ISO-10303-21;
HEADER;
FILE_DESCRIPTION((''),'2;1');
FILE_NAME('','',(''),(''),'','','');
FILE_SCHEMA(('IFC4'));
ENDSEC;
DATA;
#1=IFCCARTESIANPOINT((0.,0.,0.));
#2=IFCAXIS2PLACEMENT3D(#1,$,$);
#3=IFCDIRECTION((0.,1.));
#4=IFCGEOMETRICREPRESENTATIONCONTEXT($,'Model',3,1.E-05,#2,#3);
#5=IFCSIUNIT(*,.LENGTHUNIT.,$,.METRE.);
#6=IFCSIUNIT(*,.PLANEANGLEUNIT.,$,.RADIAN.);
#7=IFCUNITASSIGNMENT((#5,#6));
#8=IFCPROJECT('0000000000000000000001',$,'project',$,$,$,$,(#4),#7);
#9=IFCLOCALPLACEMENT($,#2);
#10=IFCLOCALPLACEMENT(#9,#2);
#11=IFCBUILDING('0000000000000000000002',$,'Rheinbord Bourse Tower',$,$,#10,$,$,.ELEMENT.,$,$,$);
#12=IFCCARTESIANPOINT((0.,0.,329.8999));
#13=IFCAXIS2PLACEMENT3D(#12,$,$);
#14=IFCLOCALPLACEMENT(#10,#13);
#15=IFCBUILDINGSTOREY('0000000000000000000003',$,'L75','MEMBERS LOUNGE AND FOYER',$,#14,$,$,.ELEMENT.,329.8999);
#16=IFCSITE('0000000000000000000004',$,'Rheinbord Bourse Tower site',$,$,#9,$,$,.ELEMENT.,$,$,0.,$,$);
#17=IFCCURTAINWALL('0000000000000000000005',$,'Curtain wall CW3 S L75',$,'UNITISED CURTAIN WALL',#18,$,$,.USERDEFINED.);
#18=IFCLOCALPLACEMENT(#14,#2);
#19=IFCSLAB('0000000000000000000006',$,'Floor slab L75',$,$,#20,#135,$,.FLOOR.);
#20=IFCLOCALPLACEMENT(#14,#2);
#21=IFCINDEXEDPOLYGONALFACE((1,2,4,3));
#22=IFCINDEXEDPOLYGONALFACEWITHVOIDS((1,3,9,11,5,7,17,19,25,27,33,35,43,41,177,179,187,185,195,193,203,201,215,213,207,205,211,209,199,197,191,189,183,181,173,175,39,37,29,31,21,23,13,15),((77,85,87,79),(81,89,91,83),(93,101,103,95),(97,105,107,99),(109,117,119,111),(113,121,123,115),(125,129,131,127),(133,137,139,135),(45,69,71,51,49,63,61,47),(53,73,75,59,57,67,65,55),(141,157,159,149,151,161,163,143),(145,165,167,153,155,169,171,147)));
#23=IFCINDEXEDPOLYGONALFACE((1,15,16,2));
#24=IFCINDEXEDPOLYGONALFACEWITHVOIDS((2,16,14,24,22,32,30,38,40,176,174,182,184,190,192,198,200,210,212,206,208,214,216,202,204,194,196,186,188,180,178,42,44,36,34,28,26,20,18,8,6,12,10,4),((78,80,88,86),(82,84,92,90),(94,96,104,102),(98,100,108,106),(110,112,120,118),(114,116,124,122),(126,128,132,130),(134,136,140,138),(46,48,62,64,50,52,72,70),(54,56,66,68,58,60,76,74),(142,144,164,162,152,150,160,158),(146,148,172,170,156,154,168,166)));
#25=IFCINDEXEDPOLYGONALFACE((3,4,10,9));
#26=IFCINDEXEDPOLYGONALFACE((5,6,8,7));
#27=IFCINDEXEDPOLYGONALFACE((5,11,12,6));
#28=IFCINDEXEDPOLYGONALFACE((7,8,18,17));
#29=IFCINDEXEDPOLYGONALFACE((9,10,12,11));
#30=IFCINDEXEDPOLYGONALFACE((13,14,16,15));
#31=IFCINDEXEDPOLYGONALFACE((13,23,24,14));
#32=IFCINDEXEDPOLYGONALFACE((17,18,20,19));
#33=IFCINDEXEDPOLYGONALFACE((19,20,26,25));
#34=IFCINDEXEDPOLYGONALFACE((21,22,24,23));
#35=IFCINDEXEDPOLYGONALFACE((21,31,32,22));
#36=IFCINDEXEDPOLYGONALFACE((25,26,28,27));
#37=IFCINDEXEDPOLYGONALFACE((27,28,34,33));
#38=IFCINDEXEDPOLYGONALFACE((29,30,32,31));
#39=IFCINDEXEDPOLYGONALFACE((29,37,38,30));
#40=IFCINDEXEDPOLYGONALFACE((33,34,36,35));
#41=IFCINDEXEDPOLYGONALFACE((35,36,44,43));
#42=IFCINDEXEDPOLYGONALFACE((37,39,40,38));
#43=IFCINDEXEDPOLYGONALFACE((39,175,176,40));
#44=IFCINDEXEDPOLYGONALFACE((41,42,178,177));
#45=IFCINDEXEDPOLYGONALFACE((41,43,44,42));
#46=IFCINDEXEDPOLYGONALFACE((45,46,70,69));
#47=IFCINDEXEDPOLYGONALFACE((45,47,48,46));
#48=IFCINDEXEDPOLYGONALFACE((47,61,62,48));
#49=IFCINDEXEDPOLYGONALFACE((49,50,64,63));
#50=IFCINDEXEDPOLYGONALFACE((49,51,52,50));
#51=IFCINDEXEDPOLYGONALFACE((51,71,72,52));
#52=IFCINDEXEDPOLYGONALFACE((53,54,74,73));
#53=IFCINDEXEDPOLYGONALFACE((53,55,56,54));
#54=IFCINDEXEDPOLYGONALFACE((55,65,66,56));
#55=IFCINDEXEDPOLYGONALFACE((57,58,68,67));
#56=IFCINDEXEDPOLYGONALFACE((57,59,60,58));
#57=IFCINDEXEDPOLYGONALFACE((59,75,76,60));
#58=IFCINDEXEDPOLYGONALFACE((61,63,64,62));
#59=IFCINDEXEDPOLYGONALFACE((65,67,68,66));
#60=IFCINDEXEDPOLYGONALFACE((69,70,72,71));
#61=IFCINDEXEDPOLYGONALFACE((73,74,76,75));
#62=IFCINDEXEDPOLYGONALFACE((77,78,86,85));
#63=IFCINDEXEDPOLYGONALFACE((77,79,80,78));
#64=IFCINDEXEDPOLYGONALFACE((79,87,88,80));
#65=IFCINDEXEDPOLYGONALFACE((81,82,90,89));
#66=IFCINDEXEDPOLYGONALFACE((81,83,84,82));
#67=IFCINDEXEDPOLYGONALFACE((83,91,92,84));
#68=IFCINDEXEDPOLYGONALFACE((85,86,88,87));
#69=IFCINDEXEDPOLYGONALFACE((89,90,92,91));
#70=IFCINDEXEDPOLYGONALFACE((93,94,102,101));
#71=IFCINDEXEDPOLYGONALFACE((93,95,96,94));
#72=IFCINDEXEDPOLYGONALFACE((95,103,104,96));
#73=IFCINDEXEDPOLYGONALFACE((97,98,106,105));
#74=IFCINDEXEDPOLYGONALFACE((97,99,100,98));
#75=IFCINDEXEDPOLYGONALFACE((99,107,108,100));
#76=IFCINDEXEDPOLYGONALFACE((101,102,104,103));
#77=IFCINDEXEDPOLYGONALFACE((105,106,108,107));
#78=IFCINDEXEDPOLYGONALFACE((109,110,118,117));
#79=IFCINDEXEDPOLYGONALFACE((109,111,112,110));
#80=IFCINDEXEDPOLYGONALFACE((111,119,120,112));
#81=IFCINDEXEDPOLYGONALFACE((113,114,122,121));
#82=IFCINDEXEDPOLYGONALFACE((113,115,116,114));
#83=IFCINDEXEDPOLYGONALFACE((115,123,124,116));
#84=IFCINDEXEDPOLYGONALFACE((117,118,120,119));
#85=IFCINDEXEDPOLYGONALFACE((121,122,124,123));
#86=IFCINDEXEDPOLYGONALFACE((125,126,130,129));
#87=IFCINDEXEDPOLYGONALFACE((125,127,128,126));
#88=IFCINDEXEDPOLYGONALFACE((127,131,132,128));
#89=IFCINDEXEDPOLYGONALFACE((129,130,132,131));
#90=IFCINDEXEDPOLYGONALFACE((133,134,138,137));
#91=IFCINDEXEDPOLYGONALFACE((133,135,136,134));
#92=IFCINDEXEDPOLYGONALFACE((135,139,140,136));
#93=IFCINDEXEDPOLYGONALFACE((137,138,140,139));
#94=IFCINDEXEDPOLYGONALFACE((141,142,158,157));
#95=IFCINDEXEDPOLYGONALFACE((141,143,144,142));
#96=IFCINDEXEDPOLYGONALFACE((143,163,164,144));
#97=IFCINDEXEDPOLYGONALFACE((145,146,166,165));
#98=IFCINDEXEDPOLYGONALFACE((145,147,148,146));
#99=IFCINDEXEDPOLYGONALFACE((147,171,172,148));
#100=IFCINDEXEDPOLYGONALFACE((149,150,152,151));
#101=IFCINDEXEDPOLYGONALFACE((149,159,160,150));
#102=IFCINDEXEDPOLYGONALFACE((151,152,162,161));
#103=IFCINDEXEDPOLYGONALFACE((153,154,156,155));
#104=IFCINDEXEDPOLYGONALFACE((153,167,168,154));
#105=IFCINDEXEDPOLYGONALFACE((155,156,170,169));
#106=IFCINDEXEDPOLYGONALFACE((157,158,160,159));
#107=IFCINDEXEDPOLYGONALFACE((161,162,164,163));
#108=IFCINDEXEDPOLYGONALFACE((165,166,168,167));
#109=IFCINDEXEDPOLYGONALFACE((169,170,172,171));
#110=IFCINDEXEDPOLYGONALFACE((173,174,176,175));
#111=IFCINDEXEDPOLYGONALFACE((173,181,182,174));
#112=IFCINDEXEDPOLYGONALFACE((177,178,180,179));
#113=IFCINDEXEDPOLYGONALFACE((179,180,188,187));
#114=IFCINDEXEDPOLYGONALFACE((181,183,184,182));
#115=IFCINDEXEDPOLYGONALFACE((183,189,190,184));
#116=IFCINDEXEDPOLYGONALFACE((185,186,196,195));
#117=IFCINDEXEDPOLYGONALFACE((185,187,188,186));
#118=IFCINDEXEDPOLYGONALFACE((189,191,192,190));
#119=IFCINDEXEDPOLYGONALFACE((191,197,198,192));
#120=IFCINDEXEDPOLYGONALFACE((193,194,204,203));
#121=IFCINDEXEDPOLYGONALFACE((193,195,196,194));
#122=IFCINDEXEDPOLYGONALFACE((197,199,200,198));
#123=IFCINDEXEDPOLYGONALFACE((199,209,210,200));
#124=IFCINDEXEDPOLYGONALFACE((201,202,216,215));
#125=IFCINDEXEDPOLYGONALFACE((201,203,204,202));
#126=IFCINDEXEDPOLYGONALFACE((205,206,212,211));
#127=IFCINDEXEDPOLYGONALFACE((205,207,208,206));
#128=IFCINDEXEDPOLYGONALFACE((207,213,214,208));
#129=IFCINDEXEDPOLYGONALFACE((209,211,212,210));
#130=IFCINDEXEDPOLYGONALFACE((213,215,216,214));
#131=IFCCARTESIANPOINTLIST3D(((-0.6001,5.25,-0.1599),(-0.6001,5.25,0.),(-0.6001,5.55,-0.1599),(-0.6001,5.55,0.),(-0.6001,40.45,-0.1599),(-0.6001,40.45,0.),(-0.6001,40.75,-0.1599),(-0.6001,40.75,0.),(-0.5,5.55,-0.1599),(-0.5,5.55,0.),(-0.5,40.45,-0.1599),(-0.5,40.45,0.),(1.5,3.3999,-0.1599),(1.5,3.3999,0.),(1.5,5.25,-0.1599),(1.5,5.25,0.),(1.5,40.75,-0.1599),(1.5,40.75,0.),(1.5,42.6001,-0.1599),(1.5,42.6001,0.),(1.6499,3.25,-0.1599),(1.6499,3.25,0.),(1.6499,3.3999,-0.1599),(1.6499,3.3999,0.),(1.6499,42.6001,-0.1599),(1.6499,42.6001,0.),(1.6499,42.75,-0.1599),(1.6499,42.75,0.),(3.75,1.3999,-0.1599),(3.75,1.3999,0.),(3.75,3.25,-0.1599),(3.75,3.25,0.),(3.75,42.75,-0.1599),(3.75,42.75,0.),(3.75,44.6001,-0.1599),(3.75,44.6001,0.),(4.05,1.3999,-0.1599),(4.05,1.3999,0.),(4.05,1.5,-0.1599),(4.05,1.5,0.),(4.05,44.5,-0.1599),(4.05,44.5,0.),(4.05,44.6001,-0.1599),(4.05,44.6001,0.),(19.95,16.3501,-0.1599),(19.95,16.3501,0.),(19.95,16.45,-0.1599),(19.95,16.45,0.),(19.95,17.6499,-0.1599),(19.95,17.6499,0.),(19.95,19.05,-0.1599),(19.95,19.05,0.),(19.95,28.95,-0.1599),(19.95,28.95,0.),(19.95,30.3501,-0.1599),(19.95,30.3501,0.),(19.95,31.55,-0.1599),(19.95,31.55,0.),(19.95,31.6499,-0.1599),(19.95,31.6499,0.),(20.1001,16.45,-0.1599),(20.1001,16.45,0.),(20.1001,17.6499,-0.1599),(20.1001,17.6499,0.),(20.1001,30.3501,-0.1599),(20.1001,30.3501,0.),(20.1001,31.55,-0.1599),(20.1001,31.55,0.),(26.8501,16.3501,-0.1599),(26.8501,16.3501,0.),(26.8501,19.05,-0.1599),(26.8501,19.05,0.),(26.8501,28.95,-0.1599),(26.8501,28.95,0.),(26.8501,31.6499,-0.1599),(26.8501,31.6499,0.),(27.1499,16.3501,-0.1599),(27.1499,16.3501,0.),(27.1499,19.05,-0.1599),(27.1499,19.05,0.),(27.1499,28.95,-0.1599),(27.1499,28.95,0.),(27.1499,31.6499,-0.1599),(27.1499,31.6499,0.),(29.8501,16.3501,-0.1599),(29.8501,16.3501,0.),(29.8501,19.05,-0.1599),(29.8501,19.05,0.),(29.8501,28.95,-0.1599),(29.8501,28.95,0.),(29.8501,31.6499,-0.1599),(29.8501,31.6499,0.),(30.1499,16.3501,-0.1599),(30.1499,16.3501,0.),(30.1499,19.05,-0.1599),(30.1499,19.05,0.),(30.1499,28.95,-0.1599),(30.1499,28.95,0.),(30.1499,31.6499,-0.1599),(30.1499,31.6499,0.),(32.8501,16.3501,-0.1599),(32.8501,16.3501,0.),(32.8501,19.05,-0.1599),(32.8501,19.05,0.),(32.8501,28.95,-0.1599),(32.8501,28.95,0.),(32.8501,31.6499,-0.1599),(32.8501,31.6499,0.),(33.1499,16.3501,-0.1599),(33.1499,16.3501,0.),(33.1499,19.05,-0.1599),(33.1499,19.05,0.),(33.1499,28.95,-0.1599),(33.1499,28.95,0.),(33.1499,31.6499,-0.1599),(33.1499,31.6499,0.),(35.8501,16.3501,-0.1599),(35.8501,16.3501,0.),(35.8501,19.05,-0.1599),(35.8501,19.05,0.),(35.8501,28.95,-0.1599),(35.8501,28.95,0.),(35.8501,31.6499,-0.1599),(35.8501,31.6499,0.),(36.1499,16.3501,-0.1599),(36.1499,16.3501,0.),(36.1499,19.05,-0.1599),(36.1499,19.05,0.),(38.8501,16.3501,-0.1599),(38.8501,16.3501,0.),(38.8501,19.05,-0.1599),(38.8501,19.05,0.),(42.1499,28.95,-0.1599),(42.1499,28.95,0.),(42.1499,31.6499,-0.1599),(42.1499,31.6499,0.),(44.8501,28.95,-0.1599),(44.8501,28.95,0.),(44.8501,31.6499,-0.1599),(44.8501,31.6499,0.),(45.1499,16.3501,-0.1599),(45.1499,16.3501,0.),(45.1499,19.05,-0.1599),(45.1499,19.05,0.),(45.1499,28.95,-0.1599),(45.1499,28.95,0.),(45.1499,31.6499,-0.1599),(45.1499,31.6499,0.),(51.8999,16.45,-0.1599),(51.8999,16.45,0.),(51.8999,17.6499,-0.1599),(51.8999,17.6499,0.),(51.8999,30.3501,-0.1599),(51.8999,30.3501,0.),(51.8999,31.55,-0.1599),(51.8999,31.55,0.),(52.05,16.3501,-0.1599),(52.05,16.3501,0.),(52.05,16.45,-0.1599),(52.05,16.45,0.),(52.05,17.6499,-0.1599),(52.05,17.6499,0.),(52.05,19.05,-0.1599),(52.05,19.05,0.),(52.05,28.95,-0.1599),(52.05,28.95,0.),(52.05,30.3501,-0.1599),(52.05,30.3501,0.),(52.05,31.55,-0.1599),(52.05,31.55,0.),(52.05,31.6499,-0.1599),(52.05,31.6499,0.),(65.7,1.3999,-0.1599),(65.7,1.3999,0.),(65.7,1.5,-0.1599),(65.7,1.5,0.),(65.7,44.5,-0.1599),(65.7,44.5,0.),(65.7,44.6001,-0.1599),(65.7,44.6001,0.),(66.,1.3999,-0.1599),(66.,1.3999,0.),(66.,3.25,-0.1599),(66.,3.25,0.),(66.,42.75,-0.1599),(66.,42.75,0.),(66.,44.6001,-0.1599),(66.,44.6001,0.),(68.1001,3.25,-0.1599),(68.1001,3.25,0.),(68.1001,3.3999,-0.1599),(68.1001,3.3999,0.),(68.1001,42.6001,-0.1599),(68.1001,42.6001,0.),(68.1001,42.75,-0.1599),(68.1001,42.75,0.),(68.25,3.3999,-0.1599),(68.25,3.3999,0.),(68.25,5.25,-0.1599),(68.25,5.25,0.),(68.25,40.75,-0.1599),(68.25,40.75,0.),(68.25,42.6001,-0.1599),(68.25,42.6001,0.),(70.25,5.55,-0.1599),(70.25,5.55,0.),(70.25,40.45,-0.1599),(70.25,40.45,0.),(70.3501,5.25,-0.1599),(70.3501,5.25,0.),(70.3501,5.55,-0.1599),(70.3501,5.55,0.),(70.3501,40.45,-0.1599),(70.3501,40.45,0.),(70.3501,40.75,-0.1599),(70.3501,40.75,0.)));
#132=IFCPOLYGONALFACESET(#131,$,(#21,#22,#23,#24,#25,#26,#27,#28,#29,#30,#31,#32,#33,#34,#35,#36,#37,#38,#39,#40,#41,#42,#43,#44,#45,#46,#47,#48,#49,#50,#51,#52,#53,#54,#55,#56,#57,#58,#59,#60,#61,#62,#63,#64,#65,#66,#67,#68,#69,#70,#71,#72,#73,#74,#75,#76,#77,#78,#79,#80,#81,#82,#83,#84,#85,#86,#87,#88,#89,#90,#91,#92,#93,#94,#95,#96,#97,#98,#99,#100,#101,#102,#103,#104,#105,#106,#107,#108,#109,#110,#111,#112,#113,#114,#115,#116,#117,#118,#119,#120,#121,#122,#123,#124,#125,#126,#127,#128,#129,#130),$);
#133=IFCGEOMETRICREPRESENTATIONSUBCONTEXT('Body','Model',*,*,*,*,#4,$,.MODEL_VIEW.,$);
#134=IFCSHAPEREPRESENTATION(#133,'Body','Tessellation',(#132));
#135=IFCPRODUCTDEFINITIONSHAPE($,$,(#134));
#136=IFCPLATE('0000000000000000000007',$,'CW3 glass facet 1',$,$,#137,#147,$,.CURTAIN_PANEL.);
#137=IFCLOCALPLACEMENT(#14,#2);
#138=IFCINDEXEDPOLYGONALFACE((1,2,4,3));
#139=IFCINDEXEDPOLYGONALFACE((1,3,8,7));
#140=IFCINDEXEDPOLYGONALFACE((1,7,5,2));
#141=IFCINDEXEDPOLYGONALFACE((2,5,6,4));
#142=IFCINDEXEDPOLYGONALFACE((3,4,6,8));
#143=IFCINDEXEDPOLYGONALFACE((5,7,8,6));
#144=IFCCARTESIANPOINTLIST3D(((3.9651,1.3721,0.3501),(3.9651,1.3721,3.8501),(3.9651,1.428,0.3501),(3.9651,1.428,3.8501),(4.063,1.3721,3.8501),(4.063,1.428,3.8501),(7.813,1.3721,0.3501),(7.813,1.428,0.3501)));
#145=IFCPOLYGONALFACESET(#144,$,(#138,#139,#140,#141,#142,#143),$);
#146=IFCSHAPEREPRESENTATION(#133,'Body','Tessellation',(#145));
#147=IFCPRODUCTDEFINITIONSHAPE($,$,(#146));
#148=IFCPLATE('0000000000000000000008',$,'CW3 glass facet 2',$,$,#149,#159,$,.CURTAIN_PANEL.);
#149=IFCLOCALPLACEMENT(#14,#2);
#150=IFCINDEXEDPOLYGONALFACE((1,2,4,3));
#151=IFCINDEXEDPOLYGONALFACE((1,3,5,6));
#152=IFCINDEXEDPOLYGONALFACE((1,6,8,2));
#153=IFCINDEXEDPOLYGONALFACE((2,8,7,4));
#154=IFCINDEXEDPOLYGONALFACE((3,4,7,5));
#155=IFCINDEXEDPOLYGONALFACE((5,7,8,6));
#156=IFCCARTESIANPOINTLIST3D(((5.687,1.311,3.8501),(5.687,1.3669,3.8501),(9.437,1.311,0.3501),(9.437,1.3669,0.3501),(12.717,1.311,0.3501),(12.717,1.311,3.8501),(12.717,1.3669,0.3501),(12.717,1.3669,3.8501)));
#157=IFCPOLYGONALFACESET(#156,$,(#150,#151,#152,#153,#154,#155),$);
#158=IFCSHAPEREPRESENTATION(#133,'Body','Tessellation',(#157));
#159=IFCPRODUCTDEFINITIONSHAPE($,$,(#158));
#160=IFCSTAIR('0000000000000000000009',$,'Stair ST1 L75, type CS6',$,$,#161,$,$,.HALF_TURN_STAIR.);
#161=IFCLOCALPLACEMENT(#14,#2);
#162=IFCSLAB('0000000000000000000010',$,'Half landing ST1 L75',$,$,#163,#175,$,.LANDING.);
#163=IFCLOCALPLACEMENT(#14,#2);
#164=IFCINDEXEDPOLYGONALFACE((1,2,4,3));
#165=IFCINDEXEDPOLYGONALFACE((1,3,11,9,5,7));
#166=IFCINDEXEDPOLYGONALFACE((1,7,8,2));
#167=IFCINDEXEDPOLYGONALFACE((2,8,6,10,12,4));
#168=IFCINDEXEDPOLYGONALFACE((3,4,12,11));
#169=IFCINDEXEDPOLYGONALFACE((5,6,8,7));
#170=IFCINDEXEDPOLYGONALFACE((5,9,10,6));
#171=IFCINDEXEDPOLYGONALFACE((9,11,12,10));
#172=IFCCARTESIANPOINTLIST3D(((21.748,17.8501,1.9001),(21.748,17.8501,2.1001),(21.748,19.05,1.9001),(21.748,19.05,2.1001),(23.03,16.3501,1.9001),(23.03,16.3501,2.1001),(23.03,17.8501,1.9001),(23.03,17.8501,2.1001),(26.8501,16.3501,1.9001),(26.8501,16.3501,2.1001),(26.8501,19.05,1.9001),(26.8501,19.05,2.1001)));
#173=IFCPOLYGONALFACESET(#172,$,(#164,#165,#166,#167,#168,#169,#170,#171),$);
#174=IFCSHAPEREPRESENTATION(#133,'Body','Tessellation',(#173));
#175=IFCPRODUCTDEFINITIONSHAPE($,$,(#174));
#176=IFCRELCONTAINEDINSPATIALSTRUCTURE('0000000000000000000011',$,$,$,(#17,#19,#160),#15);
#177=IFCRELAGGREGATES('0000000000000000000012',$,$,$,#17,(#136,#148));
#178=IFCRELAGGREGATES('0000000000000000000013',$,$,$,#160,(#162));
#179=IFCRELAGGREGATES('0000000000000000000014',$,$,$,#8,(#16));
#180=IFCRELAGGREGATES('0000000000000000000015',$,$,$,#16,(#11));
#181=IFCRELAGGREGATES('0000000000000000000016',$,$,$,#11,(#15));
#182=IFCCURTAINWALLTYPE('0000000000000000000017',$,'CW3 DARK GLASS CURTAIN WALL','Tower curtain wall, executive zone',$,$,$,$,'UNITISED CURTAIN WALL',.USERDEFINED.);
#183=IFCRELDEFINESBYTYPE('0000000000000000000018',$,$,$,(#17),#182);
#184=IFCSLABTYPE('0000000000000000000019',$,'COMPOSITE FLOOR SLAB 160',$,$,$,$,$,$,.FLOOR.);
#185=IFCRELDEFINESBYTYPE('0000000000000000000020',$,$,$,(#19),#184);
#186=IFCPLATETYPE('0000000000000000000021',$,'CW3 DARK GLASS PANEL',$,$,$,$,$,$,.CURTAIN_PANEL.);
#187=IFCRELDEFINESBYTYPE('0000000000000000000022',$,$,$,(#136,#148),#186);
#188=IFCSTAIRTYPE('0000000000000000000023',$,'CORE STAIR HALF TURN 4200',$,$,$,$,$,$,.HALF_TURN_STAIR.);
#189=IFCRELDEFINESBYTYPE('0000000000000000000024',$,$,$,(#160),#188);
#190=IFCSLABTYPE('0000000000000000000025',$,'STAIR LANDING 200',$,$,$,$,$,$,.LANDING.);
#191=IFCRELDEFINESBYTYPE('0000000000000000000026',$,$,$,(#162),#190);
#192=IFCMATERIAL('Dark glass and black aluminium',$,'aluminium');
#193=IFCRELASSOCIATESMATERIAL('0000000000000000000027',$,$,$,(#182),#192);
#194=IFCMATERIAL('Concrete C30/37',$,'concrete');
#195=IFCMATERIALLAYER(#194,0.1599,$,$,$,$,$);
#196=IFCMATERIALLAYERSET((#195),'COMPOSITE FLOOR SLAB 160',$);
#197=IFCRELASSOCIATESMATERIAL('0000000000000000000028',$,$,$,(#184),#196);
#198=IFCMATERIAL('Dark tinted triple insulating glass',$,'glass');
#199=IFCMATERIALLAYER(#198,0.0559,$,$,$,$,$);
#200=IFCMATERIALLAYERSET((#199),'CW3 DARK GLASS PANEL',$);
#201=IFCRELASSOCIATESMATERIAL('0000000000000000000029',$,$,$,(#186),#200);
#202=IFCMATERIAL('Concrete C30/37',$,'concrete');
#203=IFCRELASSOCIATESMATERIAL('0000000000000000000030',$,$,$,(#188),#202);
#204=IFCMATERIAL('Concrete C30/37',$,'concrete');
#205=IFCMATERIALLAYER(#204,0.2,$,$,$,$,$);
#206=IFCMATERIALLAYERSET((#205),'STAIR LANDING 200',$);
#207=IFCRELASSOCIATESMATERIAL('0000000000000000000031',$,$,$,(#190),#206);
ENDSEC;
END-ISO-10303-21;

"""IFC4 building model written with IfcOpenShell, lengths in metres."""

from ifc_helpers import new_model, si_unit, direction, frame, origin, place, context, subcontext, project, spatial, polyline, outline, extrude, material, layer, layer_set, type_object, element, aggregate, save


model = new_model("IFC4")

# Units and contexts
model_context = context("Model", 3, precision=1e-05, world=origin(), true_north=direction((0.0, 1.0)))
body_context = subcontext(model_context, "Body", "Model", "MODEL_VIEW")
ifc_project = project(units=[si_unit("LENGTHUNIT", "METRE"), si_unit("PLANEANGLEUNIT", "RADIAN")], contexts=[model_context])

# Site, building, storey
site_placement = place(None, origin())
site = spatial("IfcSite", under=ifc_project, at=site_placement, Name="Rheinbord Bourse Tower site", CompositionType="ELEMENT", RefElevation=0.0)
building_placement = place(site_placement, origin())
building = spatial("IfcBuilding", under=site, at=building_placement, Name="Rheinbord Bourse Tower", CompositionType="ELEMENT")
storey_placement = place(building_placement, frame((0.0, 0.0, 329.8999)))
storey = spatial("IfcBuildingStorey", under=building, at=storey_placement, Name="L75", Description="MEMBERS LOUNGE AND FOYER", CompositionType="ELEMENT", Elevation=329.8999)

# Curtain wall
ifc_material_1 = material(Name="Dark glass and black aluminium", Category="aluminium")
curtain_wall_type = type_object("IfcCurtainWallType", Name="CW3 DARK GLASS CURTAIN WALL", Description="Tower curtain wall, executive zone", ElementType="UNITISED CURTAIN WALL", PredefinedType="USERDEFINED", material=ifc_material_1)
curtain_wall_placement = place(storey_placement, origin())
curtain_wall = element("IfcCurtainWall", 1, at=curtain_wall_placement, inside=storey, type_object=curtain_wall_type, Name="Curtain wall CW3 S L75", ObjectType="UNITISED CURTAIN WALL", PredefinedType="USERDEFINED")

# Slab
ifc_material_2 = material(Name="Concrete C30/37", Category="concrete")
ifc_layer_1 = layer(ifc_material_2, 0.1599)
ifc_layer_set_1 = layer_set([ifc_layer_1], Name="COMPOSITE FLOOR SLAB 160")
slab_type_1 = type_object("IfcSlabType", Name="COMPOSITE FLOOR SLAB 160", PredefinedType="FLOOR", material=ifc_layer_set_1)
slab_1_placement = place(storey_placement, frame((0.0, 0.0, -0.1599)))
element("IfcSlab", 2, at=slab_1_placement, inside=storey, type_object=slab_type_1, Name="Floor slab L75", PredefinedType="FLOOR", context=body_context, shape_type="SweptSolid", body=[
    extrude(outline(polyline([(1.6499, 3.3999), (1.5, 3.3999), (1.5, 5.25), (-0.6001, 5.25), (-0.6001, 5.55), (-0.5, 5.55), (-0.5, 40.45), (-0.6001, 40.45), (-0.6001, 40.75), (1.5, 40.75), (1.5, 42.6001), (1.6499, 42.6001), (1.6499, 42.75), (3.75, 42.75), (3.75, 44.6001), (4.05, 44.6001), (4.05, 44.5), (65.7, 44.5), (65.7, 44.6001), (66.0, 44.6001), (66.0, 42.75), (68.1001, 42.75), (68.1001, 42.6001), (68.25, 42.6001), (68.25, 40.75), (70.3501, 40.75), (70.3501, 40.45), (70.25, 40.45), (70.25, 5.55), (70.3501, 5.55), (70.3501, 5.25), (68.25, 5.25), (68.25, 3.3999), (68.1001, 3.3999), (68.1001, 3.25), (66.0, 3.25), (66.0, 1.3999), (65.7, 1.3999), (65.7, 1.5), (4.05, 1.5), (4.05, 1.3999), (3.75, 1.3999), (3.75, 3.25), (1.6499, 3.25), (1.6499, 3.3999)]), holes=[polyline([(19.95, 19.05), (26.8501, 19.05), (26.8501, 16.3501), (19.95, 16.3501), (19.95, 16.45), (20.1001, 16.45), (20.1001, 17.6499), (19.95, 17.6499), (19.95, 19.05)]), polyline([(19.95, 31.6499), (26.8501, 31.6499), (26.8501, 28.95), (19.95, 28.95), (19.95, 30.3501), (20.1001, 30.3501), (20.1001, 31.55), (19.95, 31.55), (19.95, 31.6499)]), polyline([(52.05, 16.3501), (45.1499, 16.3501), (45.1499, 19.05), (52.05, 19.05), (52.05, 17.6499), (51.8999, 17.6499), (51.8999, 16.45), (52.05, 16.45), (52.05, 16.3501)]), polyline([(52.05, 28.95), (45.1499, 28.95), (45.1499, 31.6499), (52.05, 31.6499), (52.05, 31.55), (51.8999, 31.55), (51.8999, 30.3501), (52.05, 30.3501), (52.05, 28.95)]), polyline([(27.1499, 16.3501), (27.1499, 19.05), (29.8501, 19.05), (29.8501, 16.3501), (27.1499, 16.3501)]), polyline([(27.1499, 28.95), (27.1499, 31.6499), (29.8501, 31.6499), (29.8501, 28.95), (27.1499, 28.95)]), polyline([(30.1499, 16.3501), (30.1499, 19.05), (32.8501, 19.05), (32.8501, 16.3501), (30.1499, 16.3501)]), polyline([(30.1499, 28.95), (30.1499, 31.6499), (32.8501, 31.6499), (32.8501, 28.95), (30.1499, 28.95)]), polyline([(33.1499, 16.3501), (33.1499, 19.05), (35.8501, 19.05), (35.8501, 16.3501), (33.1499, 16.3501)]), polyline([(33.1499, 28.95), (33.1499, 31.6499), (35.8501, 31.6499), (35.8501, 28.95), (33.1499, 28.95)]), polyline([(36.1499, 16.3501), (36.1499, 19.05), (38.8501, 19.05), (38.8501, 16.3501), (36.1499, 16.3501)]), polyline([(42.1499, 28.95), (42.1499, 31.6499), (44.8501, 31.6499), (44.8501, 28.95), (42.1499, 28.95)])]), origin(), (0.0, 0.0, 1.0), 0.1599),
])

# Plates
ifc_material_3 = material(Name="Dark tinted triple insulating glass", Category="glass")
ifc_layer_2 = layer(ifc_material_3, 0.0559)
ifc_layer_set_2 = layer_set([ifc_layer_2], Name="CW3 DARK GLASS PANEL")
plate_type = type_object("IfcPlateType", Name="CW3 DARK GLASS PANEL", PredefinedType="CURTAIN_PANEL", material=ifc_layer_set_2)
plate_1_placement = place(storey_placement, frame((3.9651, 1.3721, 0.3501), z_axis=(0.0, 1.0, 0.0), x_axis=(0.0, 0.0, 1.0)))
plate_1 = element("IfcPlate", 3, at=plate_1_placement, type_object=plate_type, Name="CW3 glass facet 1", PredefinedType="CURTAIN_PANEL", context=body_context, shape_type="SweptSolid", body=[
    extrude(outline(polyline([(0.0, 0.0), (3.5, 0.0), (3.5, 0.0979), (0.0, 3.8479), (0.0, 0.0)])), origin(), (0.0, 0.0, 1.0), 0.0559),
])
plate_2_placement = place(storey_placement, frame((12.717, 1.311, 3.8501), z_axis=(0.0, 1.0, 0.0), x_axis=(0.0, 0.0, -1.0)))
plate_2 = element("IfcPlate", 4, at=plate_2_placement, type_object=plate_type, Name="CW3 glass facet 2", PredefinedType="CURTAIN_PANEL", context=body_context, shape_type="SweptSolid", body=[
    extrude(outline(polyline([(0.0, 0.0), (3.5, 0.0), (3.5, 3.28), (0.0, 7.03), (0.0, 0.0)])), origin(), (0.0, 0.0, 1.0), 0.0559),
])
aggregate(curtain_wall, [plate_1, plate_2])

# Stair, slab
ifc_material_4 = material(Name="Concrete C30/37", Category="concrete")
stair_type = type_object("IfcStairType", Name="CORE STAIR HALF TURN 4200", PredefinedType="HALF_TURN_STAIR", material=ifc_material_4)
stair_1_placement = place(storey_placement, origin())
stair_1 = element("IfcStair", 5, at=stair_1_placement, inside=storey, type_object=stair_type, Name="Stair ST1 L75, type CS6", PredefinedType="HALF_TURN_STAIR")
ifc_material_5 = material(Name="Concrete C30/37", Category="concrete")
ifc_layer_3 = layer(ifc_material_5, 0.2)
ifc_layer_set_3 = layer_set([ifc_layer_3], Name="STAIR LANDING 200")
slab_type_2 = type_object("IfcSlabType", Name="STAIR LANDING 200", PredefinedType="LANDING", material=ifc_layer_set_3)
slab_2_placement = place(storey_placement, frame((0.0, 0.0, 1.9001)))
slab_2 = element("IfcSlab", 6, at=slab_2_placement, type_object=slab_type_2, Name="Half landing ST1 L75", PredefinedType="LANDING", context=body_context, shape_type="SweptSolid", body=[
    extrude(outline(polyline([(23.03, 16.3501), (26.8501, 16.3501), (26.8501, 19.05), (21.748, 19.05), (21.748, 17.8501), (23.03, 17.8501), (23.03, 16.3501)])), origin(), (0.0, 0.0, 1.0), 0.2),
])
aggregate(stair_1, [slab_2])

save(model, "model.ifc")
